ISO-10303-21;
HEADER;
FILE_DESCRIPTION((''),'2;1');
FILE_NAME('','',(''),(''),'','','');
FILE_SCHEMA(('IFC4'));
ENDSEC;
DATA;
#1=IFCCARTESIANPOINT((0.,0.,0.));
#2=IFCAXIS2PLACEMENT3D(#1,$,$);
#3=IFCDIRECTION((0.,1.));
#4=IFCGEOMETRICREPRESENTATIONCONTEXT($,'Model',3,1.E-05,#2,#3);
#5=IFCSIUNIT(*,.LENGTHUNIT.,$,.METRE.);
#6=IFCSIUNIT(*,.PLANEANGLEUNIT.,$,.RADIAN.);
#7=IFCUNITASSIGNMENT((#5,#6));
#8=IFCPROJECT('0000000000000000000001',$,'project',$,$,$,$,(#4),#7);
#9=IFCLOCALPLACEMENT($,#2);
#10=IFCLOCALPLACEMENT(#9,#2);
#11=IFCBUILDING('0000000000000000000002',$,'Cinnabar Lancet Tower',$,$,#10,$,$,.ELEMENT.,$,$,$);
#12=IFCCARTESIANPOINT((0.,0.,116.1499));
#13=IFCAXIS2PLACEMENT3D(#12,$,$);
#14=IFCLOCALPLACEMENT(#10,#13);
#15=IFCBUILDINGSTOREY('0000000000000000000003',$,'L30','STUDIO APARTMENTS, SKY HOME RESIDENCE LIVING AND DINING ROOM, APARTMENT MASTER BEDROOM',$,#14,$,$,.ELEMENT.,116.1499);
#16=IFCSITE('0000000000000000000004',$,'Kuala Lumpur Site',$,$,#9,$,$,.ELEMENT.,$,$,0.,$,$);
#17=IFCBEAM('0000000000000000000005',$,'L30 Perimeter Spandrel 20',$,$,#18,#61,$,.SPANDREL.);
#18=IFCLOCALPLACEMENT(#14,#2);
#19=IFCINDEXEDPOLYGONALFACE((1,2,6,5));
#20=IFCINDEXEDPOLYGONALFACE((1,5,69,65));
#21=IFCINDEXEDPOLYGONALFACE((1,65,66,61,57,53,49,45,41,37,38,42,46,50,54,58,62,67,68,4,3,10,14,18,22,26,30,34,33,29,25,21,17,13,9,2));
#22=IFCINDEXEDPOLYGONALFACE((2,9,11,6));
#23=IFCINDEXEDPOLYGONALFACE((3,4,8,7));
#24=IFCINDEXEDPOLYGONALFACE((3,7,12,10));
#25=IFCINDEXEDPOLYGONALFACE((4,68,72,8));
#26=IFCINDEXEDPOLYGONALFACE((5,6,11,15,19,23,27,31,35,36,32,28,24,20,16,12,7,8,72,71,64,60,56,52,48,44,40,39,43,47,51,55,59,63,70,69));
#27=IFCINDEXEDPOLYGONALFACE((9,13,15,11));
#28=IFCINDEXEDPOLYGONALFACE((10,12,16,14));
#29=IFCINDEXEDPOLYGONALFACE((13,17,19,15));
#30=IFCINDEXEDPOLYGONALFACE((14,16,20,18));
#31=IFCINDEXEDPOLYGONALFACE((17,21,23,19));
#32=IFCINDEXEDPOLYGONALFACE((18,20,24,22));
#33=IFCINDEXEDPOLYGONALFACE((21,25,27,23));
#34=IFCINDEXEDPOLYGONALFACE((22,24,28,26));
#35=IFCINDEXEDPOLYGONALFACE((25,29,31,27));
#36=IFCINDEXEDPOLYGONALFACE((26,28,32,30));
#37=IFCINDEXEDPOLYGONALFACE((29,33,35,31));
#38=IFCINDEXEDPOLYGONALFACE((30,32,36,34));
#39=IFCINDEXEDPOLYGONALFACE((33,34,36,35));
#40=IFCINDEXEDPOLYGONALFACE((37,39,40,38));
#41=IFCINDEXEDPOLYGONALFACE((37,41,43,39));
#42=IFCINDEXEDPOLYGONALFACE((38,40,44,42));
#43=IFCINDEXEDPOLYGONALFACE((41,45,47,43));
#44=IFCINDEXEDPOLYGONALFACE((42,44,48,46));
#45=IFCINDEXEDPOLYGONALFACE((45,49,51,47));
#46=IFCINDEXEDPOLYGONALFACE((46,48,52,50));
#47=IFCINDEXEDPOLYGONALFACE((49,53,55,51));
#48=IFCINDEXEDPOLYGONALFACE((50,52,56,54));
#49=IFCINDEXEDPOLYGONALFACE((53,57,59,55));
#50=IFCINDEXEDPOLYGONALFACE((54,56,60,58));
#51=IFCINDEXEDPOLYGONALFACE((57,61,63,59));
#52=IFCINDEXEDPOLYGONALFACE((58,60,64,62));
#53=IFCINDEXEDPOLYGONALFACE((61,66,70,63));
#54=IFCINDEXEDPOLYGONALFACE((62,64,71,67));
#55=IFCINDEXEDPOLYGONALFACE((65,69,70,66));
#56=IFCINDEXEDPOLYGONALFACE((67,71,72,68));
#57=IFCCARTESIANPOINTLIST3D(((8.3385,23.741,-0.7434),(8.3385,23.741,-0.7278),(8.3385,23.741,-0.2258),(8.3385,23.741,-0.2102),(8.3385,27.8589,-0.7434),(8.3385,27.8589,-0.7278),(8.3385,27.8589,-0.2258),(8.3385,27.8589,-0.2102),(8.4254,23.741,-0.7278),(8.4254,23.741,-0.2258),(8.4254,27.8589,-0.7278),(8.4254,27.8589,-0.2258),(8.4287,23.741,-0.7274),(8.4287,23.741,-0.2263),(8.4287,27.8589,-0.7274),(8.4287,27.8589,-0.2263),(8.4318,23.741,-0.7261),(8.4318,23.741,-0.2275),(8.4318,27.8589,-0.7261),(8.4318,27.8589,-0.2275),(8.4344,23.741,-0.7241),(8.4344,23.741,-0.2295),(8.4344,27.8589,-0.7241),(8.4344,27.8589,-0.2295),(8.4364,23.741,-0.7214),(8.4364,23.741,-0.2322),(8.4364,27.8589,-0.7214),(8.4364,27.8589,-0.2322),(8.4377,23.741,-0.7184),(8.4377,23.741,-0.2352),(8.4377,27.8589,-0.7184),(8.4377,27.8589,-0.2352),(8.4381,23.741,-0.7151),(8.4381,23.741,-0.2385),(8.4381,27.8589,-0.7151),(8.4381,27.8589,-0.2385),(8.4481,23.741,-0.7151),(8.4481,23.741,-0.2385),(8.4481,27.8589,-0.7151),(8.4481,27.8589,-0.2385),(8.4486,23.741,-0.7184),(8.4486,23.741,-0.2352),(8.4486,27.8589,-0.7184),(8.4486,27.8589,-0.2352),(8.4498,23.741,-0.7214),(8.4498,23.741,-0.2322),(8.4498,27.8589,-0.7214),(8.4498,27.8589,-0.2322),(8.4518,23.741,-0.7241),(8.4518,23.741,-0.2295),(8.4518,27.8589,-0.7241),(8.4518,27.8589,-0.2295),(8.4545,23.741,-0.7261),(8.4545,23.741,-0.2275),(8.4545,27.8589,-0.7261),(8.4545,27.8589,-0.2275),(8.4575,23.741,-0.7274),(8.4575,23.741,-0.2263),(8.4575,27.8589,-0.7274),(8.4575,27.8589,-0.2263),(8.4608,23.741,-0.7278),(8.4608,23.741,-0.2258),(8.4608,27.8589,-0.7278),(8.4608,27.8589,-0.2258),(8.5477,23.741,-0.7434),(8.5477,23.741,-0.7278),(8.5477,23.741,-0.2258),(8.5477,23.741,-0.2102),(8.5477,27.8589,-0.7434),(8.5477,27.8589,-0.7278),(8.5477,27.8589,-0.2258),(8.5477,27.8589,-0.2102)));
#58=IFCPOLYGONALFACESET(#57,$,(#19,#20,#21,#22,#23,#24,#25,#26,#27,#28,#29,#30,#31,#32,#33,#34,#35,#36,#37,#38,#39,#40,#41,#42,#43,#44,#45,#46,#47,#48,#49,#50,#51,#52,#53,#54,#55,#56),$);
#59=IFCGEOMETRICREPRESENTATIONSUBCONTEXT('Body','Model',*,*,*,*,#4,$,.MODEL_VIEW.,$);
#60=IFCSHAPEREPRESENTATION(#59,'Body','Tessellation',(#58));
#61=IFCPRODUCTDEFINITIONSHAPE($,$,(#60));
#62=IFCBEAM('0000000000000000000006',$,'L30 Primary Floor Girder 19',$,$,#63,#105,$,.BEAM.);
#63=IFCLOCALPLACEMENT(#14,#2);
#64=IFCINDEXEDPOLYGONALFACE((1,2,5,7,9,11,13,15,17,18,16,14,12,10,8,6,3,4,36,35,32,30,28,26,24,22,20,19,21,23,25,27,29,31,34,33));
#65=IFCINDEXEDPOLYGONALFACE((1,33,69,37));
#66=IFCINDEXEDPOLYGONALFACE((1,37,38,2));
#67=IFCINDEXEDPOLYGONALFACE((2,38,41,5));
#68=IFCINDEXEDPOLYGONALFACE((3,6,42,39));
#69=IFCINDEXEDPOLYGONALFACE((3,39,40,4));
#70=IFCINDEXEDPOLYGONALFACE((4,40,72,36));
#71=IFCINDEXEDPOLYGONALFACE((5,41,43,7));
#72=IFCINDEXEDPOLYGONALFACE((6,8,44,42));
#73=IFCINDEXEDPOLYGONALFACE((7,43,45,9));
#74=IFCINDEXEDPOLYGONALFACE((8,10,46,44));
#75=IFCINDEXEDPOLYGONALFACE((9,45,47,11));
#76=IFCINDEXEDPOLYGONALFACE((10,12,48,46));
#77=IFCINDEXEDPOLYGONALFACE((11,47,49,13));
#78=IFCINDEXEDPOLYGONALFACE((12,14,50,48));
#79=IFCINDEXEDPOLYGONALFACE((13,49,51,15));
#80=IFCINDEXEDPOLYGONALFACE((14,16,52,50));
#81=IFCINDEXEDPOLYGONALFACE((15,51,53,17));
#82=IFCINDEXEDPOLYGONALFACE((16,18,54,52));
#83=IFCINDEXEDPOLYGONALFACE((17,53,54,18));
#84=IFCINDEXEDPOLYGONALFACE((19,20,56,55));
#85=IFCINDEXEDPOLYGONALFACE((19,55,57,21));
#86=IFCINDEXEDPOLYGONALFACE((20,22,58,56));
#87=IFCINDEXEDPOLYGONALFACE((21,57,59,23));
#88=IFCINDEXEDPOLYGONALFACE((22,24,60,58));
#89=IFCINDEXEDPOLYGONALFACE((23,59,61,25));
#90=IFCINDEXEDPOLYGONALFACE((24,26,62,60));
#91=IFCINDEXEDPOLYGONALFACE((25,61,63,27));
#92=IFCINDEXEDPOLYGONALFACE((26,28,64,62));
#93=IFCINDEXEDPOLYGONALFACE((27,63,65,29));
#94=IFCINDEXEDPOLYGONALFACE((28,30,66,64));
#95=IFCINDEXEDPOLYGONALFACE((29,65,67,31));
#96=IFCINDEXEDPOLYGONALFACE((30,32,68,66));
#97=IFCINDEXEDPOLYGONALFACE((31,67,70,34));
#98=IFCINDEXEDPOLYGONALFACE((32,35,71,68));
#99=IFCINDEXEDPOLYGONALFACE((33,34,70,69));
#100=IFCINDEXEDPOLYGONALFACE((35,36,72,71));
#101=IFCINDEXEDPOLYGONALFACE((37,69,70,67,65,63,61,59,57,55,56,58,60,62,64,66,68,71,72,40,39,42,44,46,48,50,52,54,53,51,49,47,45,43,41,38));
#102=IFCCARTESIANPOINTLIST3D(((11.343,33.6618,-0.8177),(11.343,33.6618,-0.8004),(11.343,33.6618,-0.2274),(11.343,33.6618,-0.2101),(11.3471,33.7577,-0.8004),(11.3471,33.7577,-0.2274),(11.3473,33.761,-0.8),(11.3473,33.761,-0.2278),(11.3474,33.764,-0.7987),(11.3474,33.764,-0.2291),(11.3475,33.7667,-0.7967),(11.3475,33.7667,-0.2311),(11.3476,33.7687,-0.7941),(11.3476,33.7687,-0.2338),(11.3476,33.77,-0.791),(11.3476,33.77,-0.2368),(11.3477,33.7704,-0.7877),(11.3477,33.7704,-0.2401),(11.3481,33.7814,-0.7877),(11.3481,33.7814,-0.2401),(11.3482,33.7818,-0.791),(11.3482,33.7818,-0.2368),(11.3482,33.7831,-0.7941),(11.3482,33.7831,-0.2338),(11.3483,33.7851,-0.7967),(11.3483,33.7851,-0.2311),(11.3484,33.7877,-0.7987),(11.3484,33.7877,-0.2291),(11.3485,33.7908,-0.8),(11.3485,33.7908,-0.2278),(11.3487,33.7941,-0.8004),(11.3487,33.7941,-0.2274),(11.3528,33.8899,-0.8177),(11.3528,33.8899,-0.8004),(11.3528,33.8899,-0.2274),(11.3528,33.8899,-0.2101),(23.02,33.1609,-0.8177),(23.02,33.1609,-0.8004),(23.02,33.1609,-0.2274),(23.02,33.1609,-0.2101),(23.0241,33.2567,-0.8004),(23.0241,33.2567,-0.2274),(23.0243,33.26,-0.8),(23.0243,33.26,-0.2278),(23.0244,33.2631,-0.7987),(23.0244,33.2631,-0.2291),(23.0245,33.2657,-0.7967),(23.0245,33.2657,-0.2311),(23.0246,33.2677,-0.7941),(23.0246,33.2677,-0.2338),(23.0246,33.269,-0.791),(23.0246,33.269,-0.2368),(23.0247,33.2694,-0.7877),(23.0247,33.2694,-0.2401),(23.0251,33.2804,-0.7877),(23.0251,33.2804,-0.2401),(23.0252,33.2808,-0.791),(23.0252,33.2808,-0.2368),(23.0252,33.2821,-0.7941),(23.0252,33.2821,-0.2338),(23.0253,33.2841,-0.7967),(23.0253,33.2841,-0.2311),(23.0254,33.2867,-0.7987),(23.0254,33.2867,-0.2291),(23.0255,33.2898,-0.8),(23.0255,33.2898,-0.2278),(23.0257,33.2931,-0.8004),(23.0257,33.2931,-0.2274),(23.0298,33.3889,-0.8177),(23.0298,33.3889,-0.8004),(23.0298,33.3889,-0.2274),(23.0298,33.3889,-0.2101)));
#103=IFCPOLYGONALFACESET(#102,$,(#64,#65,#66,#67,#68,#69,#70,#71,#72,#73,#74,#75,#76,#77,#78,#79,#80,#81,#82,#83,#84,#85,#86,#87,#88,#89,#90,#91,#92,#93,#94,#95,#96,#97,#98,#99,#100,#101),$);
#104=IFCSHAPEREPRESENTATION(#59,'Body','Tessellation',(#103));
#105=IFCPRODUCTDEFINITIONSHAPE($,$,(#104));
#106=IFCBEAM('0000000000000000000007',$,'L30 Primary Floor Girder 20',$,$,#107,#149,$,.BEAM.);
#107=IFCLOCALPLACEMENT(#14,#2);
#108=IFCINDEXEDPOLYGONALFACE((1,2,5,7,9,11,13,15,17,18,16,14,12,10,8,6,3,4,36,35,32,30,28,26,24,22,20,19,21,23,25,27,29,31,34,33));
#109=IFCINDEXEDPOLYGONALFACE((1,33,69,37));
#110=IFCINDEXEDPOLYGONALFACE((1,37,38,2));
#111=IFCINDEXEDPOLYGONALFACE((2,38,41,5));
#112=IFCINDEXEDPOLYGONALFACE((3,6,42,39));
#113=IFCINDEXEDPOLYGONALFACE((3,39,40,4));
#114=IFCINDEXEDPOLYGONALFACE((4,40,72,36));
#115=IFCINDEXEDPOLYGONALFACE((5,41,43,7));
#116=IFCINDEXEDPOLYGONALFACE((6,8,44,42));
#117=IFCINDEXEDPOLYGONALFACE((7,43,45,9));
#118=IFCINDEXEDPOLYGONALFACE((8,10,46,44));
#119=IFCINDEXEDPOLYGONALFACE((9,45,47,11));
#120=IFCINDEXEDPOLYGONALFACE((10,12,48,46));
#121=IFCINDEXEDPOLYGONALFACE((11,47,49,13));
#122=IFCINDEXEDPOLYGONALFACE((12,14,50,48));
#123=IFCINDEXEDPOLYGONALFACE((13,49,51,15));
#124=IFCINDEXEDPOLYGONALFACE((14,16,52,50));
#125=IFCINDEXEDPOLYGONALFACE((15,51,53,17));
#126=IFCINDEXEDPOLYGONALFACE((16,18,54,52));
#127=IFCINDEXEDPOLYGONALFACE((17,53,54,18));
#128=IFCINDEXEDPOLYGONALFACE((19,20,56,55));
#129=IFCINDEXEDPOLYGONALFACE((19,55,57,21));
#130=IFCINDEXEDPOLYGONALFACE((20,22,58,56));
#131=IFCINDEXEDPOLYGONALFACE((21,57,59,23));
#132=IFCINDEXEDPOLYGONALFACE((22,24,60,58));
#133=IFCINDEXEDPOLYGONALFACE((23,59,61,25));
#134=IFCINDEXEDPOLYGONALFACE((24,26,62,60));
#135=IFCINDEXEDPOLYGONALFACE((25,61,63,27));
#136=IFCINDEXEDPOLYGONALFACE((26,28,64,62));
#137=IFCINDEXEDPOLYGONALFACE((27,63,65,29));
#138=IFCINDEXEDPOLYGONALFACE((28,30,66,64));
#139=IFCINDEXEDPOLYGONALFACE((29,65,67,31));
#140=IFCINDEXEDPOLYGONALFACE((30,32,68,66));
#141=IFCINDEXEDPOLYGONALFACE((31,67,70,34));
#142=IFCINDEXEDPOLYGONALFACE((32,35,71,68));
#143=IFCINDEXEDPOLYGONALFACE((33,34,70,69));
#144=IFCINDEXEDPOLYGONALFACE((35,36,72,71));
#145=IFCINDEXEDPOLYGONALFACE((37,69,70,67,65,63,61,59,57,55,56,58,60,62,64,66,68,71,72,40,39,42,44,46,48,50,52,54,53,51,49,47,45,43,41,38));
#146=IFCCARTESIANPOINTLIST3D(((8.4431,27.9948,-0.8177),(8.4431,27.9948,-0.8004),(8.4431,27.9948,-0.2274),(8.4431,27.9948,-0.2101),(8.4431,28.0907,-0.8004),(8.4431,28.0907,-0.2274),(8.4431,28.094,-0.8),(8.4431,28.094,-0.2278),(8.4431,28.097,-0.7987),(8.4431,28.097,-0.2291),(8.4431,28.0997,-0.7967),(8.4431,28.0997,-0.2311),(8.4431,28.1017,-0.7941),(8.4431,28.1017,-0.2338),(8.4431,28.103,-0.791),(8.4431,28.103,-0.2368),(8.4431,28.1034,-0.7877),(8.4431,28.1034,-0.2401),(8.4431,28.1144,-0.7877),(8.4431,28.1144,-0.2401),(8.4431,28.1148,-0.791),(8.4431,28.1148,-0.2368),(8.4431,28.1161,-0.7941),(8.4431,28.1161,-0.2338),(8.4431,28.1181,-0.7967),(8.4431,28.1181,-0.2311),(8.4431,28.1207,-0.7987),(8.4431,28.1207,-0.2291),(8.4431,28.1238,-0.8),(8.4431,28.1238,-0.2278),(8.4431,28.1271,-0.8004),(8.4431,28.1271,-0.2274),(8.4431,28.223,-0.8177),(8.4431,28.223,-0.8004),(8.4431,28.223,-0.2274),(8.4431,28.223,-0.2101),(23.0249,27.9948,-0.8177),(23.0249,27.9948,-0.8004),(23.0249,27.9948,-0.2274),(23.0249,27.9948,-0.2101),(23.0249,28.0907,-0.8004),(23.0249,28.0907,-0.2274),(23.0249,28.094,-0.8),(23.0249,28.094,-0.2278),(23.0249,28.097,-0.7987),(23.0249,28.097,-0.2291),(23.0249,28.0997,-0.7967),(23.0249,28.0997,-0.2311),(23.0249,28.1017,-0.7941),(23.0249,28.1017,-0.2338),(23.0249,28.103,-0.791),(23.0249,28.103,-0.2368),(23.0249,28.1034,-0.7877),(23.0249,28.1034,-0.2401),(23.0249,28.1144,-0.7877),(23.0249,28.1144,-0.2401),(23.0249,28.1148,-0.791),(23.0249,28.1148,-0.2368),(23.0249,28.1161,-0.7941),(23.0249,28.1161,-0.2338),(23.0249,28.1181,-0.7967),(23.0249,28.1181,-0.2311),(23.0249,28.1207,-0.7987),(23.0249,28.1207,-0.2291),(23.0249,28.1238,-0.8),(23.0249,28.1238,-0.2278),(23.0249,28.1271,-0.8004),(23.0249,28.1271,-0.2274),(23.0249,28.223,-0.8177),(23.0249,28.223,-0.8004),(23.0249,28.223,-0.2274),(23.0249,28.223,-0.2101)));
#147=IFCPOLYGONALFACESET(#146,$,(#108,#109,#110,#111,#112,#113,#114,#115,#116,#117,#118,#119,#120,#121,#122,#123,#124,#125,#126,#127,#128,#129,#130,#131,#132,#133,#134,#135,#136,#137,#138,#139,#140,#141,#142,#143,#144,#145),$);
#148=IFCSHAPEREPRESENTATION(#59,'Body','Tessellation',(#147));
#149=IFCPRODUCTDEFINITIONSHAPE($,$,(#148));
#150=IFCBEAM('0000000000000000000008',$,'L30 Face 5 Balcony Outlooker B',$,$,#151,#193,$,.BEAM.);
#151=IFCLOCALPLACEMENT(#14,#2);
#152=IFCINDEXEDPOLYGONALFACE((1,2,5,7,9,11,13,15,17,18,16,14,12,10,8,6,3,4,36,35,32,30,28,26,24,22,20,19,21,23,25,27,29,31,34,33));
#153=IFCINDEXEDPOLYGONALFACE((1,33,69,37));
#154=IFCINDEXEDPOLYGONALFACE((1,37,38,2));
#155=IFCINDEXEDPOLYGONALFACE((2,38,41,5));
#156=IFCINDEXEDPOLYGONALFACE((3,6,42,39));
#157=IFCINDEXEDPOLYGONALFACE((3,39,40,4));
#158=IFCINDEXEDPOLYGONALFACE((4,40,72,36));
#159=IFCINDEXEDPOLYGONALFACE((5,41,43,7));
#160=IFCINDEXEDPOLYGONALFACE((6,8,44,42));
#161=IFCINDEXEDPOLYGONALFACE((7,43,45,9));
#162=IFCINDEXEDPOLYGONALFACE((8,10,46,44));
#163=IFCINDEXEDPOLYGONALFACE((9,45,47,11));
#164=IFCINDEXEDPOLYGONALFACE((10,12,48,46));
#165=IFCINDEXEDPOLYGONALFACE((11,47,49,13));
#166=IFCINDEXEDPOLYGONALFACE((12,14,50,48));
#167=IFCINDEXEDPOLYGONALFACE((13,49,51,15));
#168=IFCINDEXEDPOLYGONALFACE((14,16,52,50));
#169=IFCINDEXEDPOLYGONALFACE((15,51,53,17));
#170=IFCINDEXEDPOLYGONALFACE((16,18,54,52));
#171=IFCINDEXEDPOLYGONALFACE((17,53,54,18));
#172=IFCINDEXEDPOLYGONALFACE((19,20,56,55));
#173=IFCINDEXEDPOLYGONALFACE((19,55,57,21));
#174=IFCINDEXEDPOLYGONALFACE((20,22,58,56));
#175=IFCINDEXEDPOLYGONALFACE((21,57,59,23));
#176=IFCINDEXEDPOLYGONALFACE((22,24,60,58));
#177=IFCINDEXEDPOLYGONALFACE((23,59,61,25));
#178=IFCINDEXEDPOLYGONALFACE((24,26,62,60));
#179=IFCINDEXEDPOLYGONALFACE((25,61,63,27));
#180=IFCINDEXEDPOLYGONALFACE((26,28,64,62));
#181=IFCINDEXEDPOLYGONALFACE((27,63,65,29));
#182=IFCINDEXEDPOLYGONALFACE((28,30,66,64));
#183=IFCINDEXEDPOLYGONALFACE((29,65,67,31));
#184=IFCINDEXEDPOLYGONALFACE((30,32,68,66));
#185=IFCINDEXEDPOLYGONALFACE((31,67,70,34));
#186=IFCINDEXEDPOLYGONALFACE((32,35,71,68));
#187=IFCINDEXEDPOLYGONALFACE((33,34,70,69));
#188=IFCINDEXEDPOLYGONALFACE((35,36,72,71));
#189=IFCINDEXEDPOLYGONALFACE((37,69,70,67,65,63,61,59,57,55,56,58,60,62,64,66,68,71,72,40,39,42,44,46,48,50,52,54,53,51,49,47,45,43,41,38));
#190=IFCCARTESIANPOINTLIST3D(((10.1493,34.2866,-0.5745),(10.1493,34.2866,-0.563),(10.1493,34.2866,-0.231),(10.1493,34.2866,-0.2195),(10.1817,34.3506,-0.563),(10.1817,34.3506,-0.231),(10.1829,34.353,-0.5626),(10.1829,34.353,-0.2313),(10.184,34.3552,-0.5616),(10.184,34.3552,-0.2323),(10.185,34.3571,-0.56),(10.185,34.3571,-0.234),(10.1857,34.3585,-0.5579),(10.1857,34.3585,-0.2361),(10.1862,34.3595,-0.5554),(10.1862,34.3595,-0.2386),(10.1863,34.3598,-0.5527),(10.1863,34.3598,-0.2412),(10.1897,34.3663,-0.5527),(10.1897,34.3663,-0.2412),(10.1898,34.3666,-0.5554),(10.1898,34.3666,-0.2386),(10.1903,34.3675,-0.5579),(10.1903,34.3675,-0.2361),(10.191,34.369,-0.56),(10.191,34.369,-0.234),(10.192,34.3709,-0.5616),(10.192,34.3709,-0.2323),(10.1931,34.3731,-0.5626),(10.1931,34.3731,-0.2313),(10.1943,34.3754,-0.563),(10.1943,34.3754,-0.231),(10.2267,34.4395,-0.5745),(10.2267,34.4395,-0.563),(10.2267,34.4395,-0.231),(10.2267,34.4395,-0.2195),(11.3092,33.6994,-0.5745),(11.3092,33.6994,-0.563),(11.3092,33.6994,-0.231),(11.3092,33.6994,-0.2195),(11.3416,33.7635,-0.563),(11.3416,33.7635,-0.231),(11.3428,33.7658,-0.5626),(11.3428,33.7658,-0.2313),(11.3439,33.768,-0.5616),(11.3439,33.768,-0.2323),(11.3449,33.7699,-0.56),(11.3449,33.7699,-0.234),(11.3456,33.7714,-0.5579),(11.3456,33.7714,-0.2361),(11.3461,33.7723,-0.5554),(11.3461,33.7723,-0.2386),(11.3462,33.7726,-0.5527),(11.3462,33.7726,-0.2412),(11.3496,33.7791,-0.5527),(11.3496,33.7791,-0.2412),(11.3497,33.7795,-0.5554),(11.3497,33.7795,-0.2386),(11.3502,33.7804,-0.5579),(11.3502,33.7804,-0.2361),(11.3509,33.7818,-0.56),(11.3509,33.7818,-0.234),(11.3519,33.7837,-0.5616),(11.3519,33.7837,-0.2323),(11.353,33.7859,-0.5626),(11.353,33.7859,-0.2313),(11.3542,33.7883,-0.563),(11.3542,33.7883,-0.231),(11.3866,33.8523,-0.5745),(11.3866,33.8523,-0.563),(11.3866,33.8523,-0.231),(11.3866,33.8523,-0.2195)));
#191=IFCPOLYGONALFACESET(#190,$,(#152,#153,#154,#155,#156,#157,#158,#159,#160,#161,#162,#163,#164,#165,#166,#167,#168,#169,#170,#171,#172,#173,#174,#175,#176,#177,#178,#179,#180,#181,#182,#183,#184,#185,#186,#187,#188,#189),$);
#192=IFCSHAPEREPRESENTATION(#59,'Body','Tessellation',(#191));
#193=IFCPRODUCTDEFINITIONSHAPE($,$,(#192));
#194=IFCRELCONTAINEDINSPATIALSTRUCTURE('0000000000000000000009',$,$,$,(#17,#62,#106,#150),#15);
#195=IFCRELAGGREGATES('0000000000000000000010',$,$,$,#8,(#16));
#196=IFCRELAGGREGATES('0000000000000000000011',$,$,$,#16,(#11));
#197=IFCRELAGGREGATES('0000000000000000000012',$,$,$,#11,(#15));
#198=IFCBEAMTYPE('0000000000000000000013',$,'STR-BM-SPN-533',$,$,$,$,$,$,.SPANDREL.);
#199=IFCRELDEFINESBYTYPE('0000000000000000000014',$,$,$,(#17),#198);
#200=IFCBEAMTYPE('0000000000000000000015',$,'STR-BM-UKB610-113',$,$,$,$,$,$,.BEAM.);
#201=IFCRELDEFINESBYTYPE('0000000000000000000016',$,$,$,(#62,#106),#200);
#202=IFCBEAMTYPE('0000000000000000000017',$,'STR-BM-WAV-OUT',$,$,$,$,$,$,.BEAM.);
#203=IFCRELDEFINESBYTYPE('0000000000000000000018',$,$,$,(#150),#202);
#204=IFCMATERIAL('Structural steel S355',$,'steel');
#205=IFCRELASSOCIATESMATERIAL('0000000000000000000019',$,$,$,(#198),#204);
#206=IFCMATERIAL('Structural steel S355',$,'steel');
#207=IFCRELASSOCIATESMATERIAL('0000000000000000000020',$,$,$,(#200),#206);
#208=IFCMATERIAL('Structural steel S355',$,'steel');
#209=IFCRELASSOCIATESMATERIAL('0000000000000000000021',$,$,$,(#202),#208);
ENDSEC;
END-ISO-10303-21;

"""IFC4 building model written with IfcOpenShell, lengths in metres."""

from ifc_helpers import new_model, si_unit, direction, frame, origin, origin_2d, place, context, subcontext, project, spatial, i_section, extrude, material, material_profile, profile_set, type_object, element, save


model = new_model("IFC4")

# Units and contexts
model_context = context("Model", 3, precision=1e-05, world=origin(), true_north=direction((0.0, 1.0)))
body_context = subcontext(model_context, "Body", "Model", "MODEL_VIEW")
ifc_project = project(units=[si_unit("LENGTHUNIT", "METRE"), si_unit("PLANEANGLEUNIT", "RADIAN")], contexts=[model_context])

# Site, building, storey
site_placement = place(None, origin())
site = spatial("IfcSite", under=ifc_project, at=site_placement, Name="Kuala Lumpur Site", CompositionType="ELEMENT", RefElevation=0.0)
building_placement = place(site_placement, origin())
building = spatial("IfcBuilding", under=site, at=building_placement, Name="Cinnabar Lancet Tower", CompositionType="ELEMENT")
storey_placement = place(building_placement, frame((0.0, 0.0, 116.1499)))
storey = spatial("IfcBuildingStorey", under=building, at=storey_placement, Name="L30", Description="STUDIO APARTMENTS, SKY HOME RESIDENCE LIVING AND DINING ROOM, APARTMENT MASTER BEDROOM", CompositionType="ELEMENT", Elevation=116.1499)

# Beams
ifc_material_1 = material(Name="Structural steel S355", Category="steel")
ifc_material_profile_1 = material_profile(ifc_material_1, i_section(OverallWidth=0.2092, OverallDepth=0.5332, WebThickness=0.01, FlangeThickness=0.0156, FilletRadius=0.0127, at=origin_2d()), Name="UKB 533x210x92")
ifc_profile_set_1 = profile_set([ifc_material_profile_1], Name="Structural steel S355")
beam_type_1 = type_object("IfcBeamType", Name="STR-BM-SPN-533", PredefinedType="SPANDREL", material=ifc_profile_set_1)
beam_1_placement = place(storey_placement, frame((8.4431, 27.8589, -0.4768), z_axis=(0.0, -1.0, 0.0), x_axis=(1.0, 0.0, 0.0)))
element("IfcBeam", 1, at=beam_1_placement, inside=storey, type_object=beam_type_1, Name="L30 Perimeter Spandrel 20", PredefinedType="SPANDREL", context=body_context, shape_type="SweptSolid", body=[
    extrude(i_section(OverallWidth=0.2092, OverallDepth=0.5332, WebThickness=0.01, FlangeThickness=0.0156, FilletRadius=0.0127, at=origin_2d()), origin(), (0.0, 0.0, 1.0), 4.1179),
])
ifc_material_2 = material(Name="Structural steel S355", Category="steel")
ifc_material_profile_2 = material_profile(ifc_material_2, i_section(OverallWidth=0.2283, OverallDepth=0.6077, WebThickness=0.011, FlangeThickness=0.0173, FilletRadius=0.0127, at=origin_2d()), Name="UKB 610x229x113")
ifc_profile_set_2 = profile_set([ifc_material_profile_2], Name="Structural steel S355")
beam_type_2 = type_object("IfcBeamType", Name="STR-BM-UKB610-113", PredefinedType="BEAM", material=ifc_profile_set_2)
beam_2_placement = place(storey_placement, frame((11.3479, 33.7759, -0.5139), z_axis=(0.999081, -0.042863, 0.0), x_axis=(0.042863, 0.999081, 0.0)))
element("IfcBeam", 2, at=beam_2_placement, inside=storey, type_object=beam_type_2, Name="L30 Primary Floor Girder 19", PredefinedType="BEAM", context=body_context, shape_type="SweptSolid", body=[
    extrude(i_section(OverallWidth=0.2283, OverallDepth=0.6077, WebThickness=0.011, FlangeThickness=0.0173, FilletRadius=0.0127, at=origin_2d()), origin(), (0.0, 0.0, 1.0), 11.6877),
])
beam_3_placement = place(storey_placement, frame((8.4431, 28.1089, -0.5139), z_axis=(1.0, 0.0, 0.0), x_axis=(0.0, 1.0, 0.0)))
element("IfcBeam", 3, at=beam_3_placement, inside=storey, type_object=beam_type_2, Name="L30 Primary Floor Girder 20", PredefinedType="BEAM", context=body_context, shape_type="SweptSolid", body=[
    extrude(i_section(OverallWidth=0.2283, OverallDepth=0.6077, WebThickness=0.011, FlangeThickness=0.0173, FilletRadius=0.0127, at=origin_2d()), origin(), (0.0, 0.0, 1.0), 14.5818),
])
ifc_material_3 = material(Name="Structural steel S355", Category="steel")
ifc_material_profile_3 = material_profile(ifc_material_3, i_section(OverallWidth=0.1714, OverallDepth=0.355, WebThickness=0.0073, FlangeThickness=0.0115, FilletRadius=0.0103, at=origin_2d()), Name="UKB 356x171x51")
ifc_profile_set_3 = profile_set([ifc_material_profile_3], Name="Structural steel S355")
beam_type_3 = type_object("IfcBeamType", Name="STR-BM-WAV-OUT", PredefinedType="BEAM", material=ifc_profile_set_3)
beam_4_placement = place(storey_placement, frame((11.3479, 33.7759, -0.397), z_axis=(-0.8922, 0.45164, 0.0), x_axis=(-0.45164, -0.8922, 0.0)))
element("IfcBeam", 4, at=beam_4_placement, inside=storey, type_object=beam_type_3, Name="L30 Face 5 Balcony Outlooker B", PredefinedType="BEAM", context=body_context, shape_type="SweptSolid", body=[
    extrude(i_section(OverallWidth=0.1714, OverallDepth=0.355, WebThickness=0.0073, FlangeThickness=0.0115, FilletRadius=0.0103, at=origin_2d()), origin(), (0.0, 0.0, 1.0), 1.3),
])

save(model, "model.ifc")
